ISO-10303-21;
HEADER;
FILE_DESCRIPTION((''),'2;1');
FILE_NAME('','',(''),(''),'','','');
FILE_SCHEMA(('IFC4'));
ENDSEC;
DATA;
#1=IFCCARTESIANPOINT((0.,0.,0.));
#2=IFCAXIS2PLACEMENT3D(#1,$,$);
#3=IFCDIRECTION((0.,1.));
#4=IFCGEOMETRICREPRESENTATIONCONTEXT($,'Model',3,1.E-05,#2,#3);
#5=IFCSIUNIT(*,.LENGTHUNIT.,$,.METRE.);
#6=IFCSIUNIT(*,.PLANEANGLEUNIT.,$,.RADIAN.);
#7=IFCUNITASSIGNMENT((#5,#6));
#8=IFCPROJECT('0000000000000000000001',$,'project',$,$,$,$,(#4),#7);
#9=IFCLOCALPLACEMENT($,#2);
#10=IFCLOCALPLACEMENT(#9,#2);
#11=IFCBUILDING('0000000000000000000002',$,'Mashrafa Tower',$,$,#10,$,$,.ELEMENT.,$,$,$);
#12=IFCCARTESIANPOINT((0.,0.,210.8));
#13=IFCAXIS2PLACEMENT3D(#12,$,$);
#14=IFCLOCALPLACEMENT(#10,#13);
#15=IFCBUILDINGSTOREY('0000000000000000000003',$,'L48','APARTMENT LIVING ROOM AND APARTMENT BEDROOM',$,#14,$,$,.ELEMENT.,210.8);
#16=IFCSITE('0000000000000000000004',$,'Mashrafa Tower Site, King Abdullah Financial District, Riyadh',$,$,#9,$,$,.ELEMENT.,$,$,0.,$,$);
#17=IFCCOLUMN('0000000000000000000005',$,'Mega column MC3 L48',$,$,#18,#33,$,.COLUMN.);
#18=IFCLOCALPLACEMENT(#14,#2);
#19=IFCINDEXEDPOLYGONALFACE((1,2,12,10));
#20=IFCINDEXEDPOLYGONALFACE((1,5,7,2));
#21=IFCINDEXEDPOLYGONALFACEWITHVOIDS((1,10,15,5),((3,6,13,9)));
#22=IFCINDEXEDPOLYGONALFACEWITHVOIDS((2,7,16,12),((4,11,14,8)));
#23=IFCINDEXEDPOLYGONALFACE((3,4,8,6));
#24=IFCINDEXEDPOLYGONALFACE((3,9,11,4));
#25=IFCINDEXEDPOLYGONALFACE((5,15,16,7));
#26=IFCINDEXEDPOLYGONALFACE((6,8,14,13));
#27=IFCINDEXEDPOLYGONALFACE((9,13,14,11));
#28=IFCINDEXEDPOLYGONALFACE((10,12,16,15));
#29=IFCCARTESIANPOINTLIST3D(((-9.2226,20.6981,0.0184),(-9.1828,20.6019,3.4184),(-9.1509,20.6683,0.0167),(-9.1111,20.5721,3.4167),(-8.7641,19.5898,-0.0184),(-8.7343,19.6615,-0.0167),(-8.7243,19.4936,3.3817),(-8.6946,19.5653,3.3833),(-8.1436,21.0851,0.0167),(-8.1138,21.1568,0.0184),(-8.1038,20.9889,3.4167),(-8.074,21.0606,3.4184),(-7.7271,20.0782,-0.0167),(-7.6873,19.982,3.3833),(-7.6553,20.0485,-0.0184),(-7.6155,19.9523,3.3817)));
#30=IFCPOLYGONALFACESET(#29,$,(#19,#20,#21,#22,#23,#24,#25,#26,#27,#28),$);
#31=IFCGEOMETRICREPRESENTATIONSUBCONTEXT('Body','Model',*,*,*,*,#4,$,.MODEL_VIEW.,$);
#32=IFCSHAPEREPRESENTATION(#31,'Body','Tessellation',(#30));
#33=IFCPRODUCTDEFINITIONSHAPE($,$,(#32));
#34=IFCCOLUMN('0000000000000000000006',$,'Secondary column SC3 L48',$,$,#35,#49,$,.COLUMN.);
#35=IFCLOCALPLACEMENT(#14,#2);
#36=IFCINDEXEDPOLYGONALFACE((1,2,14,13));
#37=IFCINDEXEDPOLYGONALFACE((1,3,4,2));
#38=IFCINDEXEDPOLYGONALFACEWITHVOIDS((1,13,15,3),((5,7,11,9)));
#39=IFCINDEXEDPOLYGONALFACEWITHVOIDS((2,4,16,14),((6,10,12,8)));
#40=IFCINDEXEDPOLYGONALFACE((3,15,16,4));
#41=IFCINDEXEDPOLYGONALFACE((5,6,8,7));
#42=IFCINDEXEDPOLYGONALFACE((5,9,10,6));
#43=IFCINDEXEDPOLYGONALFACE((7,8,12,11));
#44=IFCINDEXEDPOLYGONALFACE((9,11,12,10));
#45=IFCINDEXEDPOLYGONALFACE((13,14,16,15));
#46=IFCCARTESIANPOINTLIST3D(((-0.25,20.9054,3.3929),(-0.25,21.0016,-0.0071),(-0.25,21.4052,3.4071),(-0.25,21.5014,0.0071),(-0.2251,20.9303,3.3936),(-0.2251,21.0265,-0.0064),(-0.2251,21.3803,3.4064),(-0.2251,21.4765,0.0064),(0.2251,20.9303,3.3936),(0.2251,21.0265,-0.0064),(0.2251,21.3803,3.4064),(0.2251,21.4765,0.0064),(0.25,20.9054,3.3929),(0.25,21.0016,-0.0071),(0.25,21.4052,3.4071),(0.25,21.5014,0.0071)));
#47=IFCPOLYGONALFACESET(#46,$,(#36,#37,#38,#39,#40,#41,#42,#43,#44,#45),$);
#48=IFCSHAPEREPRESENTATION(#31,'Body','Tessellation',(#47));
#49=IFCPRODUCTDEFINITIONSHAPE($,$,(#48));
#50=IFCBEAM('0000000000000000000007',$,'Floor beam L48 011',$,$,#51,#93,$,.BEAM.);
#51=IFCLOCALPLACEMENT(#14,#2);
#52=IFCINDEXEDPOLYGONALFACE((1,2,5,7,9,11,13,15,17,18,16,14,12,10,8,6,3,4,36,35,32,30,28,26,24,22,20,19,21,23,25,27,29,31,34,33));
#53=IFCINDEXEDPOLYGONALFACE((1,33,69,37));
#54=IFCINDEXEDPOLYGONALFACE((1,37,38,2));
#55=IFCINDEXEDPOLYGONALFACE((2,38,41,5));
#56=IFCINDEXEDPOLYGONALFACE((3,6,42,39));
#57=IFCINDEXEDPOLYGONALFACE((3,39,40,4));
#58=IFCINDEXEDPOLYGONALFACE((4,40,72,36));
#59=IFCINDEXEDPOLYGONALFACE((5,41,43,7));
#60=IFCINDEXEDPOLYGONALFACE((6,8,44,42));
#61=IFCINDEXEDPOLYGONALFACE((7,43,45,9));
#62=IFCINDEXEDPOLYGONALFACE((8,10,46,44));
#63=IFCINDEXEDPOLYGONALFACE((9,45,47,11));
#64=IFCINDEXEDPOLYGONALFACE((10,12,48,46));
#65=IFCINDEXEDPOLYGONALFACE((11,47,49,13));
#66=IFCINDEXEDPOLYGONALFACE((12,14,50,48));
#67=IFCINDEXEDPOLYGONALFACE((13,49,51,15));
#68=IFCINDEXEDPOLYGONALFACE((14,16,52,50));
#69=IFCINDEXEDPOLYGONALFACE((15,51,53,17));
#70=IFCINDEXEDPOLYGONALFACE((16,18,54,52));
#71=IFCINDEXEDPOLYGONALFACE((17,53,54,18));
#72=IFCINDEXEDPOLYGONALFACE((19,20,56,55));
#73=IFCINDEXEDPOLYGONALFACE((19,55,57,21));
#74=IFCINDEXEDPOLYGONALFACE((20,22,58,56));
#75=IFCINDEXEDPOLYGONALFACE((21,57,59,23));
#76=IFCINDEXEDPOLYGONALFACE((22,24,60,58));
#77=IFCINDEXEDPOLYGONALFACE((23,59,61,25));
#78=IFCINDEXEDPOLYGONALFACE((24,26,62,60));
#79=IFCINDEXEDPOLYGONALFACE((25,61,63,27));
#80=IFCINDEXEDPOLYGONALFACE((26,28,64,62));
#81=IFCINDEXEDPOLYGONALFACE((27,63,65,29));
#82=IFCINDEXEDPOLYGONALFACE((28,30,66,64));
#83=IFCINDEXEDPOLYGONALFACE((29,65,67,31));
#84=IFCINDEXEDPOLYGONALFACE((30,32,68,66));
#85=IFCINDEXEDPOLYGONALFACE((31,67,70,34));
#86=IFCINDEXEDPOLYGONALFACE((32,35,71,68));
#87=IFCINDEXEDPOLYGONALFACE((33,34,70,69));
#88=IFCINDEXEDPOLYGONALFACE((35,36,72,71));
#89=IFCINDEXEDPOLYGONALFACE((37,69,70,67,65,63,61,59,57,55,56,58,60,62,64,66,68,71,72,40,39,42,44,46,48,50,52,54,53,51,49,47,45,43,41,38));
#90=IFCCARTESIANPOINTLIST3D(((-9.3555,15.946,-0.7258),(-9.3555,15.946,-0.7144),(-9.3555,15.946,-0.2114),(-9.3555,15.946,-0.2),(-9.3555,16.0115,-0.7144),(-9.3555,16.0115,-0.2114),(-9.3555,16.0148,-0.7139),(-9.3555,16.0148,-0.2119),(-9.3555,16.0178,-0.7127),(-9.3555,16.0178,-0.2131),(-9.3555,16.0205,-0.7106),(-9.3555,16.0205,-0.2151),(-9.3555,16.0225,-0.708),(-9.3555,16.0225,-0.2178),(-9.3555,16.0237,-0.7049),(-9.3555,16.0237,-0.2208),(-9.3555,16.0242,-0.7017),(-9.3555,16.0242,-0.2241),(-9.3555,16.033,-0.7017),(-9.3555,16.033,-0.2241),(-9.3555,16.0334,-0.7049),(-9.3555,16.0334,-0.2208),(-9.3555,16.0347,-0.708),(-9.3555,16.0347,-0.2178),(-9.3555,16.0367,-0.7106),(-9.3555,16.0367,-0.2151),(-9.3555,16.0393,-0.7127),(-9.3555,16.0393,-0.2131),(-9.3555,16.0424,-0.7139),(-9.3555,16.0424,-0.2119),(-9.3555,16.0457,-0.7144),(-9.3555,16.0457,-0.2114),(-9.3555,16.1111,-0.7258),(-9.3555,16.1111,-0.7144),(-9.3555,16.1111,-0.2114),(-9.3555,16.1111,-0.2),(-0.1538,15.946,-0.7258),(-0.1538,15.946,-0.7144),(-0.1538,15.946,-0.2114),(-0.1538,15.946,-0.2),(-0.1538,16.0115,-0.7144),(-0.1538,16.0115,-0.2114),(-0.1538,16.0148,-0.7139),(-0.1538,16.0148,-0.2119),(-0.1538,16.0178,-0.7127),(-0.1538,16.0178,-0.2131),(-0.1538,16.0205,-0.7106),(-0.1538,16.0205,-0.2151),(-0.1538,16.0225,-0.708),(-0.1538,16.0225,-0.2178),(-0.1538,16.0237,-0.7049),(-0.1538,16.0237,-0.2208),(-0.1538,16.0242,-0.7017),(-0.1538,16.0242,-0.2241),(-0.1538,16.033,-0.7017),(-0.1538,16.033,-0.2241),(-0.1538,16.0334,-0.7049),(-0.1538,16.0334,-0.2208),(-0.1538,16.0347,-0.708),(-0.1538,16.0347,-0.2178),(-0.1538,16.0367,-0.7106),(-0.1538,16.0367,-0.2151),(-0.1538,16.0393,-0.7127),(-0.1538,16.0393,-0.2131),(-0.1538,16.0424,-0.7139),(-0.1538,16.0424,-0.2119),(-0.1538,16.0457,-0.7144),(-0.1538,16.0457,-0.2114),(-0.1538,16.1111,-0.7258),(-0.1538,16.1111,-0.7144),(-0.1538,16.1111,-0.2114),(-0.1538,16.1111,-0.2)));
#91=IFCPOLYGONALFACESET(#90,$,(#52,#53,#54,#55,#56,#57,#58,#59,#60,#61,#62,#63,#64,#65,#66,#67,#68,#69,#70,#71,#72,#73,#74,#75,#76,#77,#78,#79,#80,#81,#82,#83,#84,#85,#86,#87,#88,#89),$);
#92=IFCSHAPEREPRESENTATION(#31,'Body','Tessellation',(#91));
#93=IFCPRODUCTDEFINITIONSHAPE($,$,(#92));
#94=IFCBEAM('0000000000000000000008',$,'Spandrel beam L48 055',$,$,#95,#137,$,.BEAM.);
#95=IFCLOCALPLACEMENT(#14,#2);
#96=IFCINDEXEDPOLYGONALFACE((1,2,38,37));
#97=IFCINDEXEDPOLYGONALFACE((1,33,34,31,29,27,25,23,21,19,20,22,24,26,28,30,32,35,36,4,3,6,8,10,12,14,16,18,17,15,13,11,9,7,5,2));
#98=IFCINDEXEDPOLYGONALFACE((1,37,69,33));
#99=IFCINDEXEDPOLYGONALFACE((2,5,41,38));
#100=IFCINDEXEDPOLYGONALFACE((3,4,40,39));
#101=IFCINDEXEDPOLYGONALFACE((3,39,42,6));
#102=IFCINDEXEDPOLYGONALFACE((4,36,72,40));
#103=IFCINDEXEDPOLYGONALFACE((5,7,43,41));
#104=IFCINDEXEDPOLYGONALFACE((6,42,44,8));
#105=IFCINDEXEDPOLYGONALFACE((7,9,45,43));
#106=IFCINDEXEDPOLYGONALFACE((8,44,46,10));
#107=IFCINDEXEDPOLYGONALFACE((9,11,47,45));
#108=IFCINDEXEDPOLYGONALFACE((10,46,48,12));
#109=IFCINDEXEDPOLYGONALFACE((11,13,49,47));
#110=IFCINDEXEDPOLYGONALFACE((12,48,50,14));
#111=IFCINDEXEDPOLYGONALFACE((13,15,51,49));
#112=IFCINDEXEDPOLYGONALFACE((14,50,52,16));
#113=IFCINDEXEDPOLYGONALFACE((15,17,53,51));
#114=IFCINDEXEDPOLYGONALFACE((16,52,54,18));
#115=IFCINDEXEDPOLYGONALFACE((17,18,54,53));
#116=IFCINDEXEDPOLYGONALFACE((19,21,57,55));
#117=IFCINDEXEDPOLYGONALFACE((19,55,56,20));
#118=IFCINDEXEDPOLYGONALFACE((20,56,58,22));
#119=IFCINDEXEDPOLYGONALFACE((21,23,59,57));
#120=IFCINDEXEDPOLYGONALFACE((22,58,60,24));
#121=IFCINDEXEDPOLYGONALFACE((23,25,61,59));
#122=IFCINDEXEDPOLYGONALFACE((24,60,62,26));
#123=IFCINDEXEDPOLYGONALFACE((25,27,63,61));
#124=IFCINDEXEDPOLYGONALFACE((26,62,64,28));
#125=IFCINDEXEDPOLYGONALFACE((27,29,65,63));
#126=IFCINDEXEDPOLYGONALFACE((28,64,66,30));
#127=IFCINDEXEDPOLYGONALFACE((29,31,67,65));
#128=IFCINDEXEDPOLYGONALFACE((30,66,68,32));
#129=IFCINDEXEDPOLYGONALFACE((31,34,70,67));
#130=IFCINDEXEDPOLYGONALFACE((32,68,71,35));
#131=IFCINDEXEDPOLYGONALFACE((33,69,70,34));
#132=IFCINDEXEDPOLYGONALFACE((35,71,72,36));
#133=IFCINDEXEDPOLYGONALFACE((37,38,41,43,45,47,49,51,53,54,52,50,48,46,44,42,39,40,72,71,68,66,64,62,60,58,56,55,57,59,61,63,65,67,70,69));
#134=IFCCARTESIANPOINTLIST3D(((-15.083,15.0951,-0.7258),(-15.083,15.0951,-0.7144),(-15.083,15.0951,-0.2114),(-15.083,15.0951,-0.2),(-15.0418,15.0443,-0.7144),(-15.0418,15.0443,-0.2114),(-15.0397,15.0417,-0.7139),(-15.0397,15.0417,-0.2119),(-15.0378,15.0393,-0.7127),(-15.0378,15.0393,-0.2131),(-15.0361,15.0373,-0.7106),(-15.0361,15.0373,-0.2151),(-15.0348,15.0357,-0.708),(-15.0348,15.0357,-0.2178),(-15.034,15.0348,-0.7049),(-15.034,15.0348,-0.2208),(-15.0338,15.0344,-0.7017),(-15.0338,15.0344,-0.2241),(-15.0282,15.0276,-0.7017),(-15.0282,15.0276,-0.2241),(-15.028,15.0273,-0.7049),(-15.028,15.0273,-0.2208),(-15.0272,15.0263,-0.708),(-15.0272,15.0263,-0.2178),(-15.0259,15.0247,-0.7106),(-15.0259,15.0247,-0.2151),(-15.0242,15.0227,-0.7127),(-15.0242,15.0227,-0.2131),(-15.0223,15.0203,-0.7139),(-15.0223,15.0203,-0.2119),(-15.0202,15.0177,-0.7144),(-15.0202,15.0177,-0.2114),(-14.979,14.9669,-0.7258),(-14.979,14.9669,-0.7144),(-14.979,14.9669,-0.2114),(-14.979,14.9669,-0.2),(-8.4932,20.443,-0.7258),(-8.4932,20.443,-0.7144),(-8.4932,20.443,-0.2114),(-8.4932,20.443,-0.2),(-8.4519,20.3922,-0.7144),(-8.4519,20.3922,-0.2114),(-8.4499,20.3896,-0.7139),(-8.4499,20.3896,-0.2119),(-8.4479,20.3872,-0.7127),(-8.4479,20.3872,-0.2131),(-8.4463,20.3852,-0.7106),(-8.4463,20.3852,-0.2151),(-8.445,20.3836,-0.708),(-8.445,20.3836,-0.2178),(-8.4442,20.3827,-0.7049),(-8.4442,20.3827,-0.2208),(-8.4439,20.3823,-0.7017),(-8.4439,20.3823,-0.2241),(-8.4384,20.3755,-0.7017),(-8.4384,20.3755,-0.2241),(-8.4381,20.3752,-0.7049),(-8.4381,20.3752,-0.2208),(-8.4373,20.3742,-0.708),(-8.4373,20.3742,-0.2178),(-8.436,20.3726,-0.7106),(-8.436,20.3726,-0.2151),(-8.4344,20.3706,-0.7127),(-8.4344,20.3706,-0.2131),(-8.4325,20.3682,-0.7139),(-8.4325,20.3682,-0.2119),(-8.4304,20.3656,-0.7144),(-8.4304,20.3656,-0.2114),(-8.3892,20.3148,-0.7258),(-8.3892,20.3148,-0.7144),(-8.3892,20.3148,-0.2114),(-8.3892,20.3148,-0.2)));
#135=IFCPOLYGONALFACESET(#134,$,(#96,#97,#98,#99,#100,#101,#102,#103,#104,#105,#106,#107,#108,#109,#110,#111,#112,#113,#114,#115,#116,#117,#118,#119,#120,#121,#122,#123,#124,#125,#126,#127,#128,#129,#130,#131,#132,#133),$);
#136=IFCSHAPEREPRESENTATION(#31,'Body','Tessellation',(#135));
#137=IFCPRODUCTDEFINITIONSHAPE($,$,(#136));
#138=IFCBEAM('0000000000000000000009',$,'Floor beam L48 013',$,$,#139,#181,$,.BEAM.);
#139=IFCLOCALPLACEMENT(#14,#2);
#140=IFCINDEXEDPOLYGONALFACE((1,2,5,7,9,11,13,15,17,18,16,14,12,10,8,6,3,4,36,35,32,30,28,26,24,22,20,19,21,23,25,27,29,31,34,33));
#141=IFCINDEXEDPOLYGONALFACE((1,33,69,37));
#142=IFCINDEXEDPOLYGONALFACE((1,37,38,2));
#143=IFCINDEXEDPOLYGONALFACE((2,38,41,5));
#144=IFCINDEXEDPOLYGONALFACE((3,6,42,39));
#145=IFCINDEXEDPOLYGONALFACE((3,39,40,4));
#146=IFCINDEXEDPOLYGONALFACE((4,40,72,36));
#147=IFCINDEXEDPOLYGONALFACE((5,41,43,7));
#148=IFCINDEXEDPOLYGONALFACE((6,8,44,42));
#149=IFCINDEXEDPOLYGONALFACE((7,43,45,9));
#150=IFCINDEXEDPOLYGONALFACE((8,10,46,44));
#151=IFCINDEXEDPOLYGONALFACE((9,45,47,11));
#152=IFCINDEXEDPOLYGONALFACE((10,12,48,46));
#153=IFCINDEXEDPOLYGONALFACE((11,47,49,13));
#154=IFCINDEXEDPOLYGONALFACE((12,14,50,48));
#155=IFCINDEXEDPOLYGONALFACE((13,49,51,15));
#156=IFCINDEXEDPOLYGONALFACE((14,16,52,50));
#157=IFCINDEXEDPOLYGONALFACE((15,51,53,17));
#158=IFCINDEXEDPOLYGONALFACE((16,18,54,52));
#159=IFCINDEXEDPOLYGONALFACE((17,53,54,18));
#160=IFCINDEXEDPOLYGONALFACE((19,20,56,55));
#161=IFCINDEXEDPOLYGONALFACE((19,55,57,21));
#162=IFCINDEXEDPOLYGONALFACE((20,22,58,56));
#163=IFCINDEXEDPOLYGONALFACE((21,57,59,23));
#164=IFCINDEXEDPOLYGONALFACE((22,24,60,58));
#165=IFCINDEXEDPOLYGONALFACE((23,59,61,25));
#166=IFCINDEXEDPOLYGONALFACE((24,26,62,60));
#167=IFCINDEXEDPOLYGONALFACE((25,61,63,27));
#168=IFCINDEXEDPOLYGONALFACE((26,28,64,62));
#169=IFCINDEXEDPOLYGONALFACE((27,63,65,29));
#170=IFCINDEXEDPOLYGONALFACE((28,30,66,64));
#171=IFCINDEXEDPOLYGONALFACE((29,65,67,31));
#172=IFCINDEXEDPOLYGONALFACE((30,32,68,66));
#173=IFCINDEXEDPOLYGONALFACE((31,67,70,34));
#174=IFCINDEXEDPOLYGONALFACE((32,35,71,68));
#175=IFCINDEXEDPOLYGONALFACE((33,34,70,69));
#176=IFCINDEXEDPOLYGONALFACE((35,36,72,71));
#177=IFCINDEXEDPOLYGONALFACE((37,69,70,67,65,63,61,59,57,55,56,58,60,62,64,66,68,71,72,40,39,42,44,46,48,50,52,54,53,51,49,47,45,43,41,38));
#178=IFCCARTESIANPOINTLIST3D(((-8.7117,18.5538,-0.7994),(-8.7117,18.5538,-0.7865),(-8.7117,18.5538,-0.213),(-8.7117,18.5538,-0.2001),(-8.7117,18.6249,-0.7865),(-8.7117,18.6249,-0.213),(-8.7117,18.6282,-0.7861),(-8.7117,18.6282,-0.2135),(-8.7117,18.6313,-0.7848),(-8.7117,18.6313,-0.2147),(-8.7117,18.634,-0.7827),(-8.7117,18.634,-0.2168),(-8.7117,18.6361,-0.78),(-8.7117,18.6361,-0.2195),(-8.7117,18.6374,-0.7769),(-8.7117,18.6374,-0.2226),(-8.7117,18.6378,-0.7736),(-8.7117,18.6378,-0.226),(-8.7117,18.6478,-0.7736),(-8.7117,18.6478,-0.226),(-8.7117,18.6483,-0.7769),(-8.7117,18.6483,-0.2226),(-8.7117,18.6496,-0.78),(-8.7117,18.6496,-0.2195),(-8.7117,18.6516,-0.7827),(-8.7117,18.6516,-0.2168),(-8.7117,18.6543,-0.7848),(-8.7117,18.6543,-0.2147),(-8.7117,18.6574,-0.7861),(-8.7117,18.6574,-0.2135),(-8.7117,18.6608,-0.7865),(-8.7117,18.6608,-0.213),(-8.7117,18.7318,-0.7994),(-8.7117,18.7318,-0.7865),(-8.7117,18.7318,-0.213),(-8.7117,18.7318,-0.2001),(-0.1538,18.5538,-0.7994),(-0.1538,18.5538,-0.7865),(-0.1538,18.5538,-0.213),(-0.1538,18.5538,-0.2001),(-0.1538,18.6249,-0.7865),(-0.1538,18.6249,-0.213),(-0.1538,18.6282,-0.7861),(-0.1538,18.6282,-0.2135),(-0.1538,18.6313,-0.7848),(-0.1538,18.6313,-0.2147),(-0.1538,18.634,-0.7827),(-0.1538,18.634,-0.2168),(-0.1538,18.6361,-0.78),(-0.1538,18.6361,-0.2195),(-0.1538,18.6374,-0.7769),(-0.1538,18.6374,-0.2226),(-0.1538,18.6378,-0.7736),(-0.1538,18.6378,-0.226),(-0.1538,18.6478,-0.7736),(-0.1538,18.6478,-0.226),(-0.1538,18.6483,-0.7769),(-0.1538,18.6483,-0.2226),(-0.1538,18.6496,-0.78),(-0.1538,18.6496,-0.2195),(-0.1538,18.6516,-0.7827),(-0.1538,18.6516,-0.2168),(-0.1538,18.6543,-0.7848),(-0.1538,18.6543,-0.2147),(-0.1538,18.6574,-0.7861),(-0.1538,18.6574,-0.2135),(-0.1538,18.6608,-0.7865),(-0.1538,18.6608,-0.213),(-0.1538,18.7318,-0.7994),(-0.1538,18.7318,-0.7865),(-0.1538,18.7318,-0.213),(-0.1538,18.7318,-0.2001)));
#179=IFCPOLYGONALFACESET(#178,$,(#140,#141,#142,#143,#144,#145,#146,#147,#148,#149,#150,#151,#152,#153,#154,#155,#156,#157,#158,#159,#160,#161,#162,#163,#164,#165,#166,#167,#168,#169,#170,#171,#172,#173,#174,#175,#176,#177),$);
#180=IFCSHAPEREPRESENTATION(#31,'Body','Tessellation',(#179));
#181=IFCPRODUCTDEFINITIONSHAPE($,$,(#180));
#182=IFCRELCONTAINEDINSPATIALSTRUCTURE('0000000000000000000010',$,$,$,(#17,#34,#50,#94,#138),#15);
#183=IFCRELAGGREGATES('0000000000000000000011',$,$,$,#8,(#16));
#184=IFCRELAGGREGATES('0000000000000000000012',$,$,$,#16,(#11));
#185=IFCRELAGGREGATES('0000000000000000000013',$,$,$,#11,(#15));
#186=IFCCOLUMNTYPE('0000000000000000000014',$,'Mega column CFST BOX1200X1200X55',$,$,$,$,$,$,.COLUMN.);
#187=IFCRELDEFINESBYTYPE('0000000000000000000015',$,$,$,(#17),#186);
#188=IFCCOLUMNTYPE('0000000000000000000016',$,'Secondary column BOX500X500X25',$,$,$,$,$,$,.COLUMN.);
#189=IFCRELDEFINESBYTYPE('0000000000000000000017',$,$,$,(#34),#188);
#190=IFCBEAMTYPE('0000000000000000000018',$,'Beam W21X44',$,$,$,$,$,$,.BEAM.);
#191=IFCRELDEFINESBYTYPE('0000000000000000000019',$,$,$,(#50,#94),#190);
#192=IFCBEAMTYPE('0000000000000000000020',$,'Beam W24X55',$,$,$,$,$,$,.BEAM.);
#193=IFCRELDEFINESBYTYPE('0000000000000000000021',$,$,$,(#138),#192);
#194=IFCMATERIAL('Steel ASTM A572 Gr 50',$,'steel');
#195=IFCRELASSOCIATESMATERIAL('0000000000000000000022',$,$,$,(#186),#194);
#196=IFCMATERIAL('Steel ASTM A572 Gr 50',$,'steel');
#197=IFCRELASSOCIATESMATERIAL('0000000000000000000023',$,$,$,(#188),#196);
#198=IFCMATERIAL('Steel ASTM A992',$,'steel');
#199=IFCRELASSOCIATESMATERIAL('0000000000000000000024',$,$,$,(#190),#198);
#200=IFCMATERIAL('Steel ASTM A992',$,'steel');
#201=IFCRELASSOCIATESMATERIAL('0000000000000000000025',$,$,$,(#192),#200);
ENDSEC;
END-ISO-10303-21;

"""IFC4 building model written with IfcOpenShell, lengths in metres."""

from ifc_helpers import new_model, si_unit, direction, frame, origin, origin_2d, place, context, subcontext, project, spatial, hollow_rectangle, i_section, extrude, material, material_profile, profile_set, type_object, element, save


model = new_model("IFC4")

# Units and contexts
model_context = context("Model", 3, precision=1e-05, world=origin(), true_north=direction((0.0, 1.0)))
body_context = subcontext(model_context, "Body", "Model", "MODEL_VIEW")
ifc_project = project(units=[si_unit("LENGTHUNIT", "METRE"), si_unit("PLANEANGLEUNIT", "RADIAN")], contexts=[model_context])

# Site, building, storey
site_placement = place(None, origin())
site = spatial("IfcSite", under=ifc_project, at=site_placement, Name="Mashrafa Tower Site, King Abdullah Financial District, Riyadh", CompositionType="ELEMENT", RefElevation=0.0)
building_placement = place(site_placement, origin())
building = spatial("IfcBuilding", under=site, at=building_placement, Name="Mashrafa Tower", CompositionType="ELEMENT")
storey_placement = place(building_placement, frame((0.0, 0.0, 210.8)))
storey = spatial("IfcBuildingStorey", under=building, at=storey_placement, Name="L48", Description="APARTMENT LIVING ROOM AND APARTMENT BEDROOM", CompositionType="ELEMENT", Elevation=210.8)

# Columns
ifc_material_1 = material(Name="Steel ASTM A572 Gr 50", Category="steel")
ifc_material_profile_1 = material_profile(ifc_material_1, hollow_rectangle(XDim=1.2, YDim=1.2, WallThickness=0.0549, at=origin_2d()), Name="BOX1200X1200X55")
ifc_profile_set_1 = profile_set([ifc_material_profile_1], Name="Steel ASTM A572 Gr 50")
column_type_1 = type_object("IfcColumnType", Name="Mega column CFST BOX1200X1200X55", PredefinedType="COLUMN", material=ifc_profile_set_1)
column_1_placement = place(storey_placement, frame((-8.439, 20.3733, 0.0), z_axis=(0.011699, -0.028279, 0.999532), x_axis=(0.924045, 0.382283, 0.0)))
element("IfcColumn", 1, at=column_1_placement, inside=storey, type_object=column_type_1, Name="Mega column MC3 L48", PredefinedType="COLUMN", context=body_context, shape_type="SweptSolid", body=[
    extrude(hollow_rectangle(XDim=1.2, YDim=1.2, WallThickness=0.0549, at=origin_2d()), origin(), (0.0, 0.0, 1.0), 3.4016),
])
ifc_material_2 = material(Name="Steel ASTM A572 Gr 50", Category="steel")
ifc_material_profile_2 = material_profile(ifc_material_2, hollow_rectangle(XDim=0.5, YDim=0.5, WallThickness=0.0249, at=origin_2d()), Name="BOX500X500X25")
ifc_profile_set_2 = profile_set([ifc_material_profile_2], Name="Steel ASTM A572 Gr 50")
column_type_2 = type_object("IfcColumnType", Name="Secondary column BOX500X500X25", PredefinedType="COLUMN", material=ifc_profile_set_2)
column_2_placement = place(storey_placement, frame((0.0, 21.2515, 0.0), z_axis=(0.0, -0.028281, 0.9996), x_axis=(1.0, 0.0, 0.0)))
element("IfcColumn", 2, at=column_2_placement, inside=storey, type_object=column_type_2, Name="Secondary column SC3 L48", PredefinedType="COLUMN", context=body_context, shape_type="SweptSolid", body=[
    extrude(hollow_rectangle(XDim=0.5, YDim=0.5, WallThickness=0.0249, at=origin_2d()), origin(), (0.0, 0.0, 1.0), 3.4014),
])

# Beams
ifc_material_3 = material(Name="Steel ASTM A992", Category="steel")
ifc_material_profile_3 = material_profile(ifc_material_3, i_section(OverallWidth=0.165, OverallDepth=0.5259, WebThickness=0.0088, FlangeThickness=0.0115, FilletRadius=0.0127, at=origin_2d()), Name="W21X44")
ifc_profile_set_3 = profile_set([ifc_material_profile_3], Name="Steel ASTM A992")
beam_type_1 = type_object("IfcBeamType", Name="Beam W21X44", PredefinedType="BEAM", material=ifc_profile_set_3)
beam_1_placement = place(storey_placement, frame((-9.3555, 16.0286, -0.4629), z_axis=(1.0, 0.0, 0.0), x_axis=(0.0, 1.0, 0.0)))
element("IfcBeam", 3, at=beam_1_placement, inside=storey, type_object=beam_type_1, Name="Floor beam L48 011", PredefinedType="BEAM", context=body_context, shape_type="SweptSolid", body=[
    extrude(i_section(OverallWidth=0.165, OverallDepth=0.5259, WebThickness=0.0088, FlangeThickness=0.0115, FilletRadius=0.0127, at=origin_2d()), origin(), (0.0, 0.0, 1.0), 9.2017),
])
beam_2_placement = place(storey_placement, frame((-8.4412, 20.3789, -0.4629), z_axis=(-0.77648, -0.630142, 0.0), x_axis=(0.630142, -0.77648, 0.0)))
element("IfcBeam", 4, at=beam_2_placement, inside=storey, type_object=beam_type_1, Name="Spandrel beam L48 055", PredefinedType="BEAM", context=body_context, shape_type="SweptSolid", body=[
    extrude(i_section(OverallWidth=0.165, OverallDepth=0.5259, WebThickness=0.0088, FlangeThickness=0.0115, FilletRadius=0.0127, at=origin_2d()), origin(), (0.0, 0.0, 1.0), 8.4868),
])
ifc_material_4 = material(Name="Steel ASTM A992", Category="steel")
ifc_material_profile_4 = material_profile(ifc_material_4, i_section(OverallWidth=0.178, OverallDepth=0.5994, WebThickness=0.01, FlangeThickness=0.0129, FilletRadius=0.0129, at=origin_2d()), Name="W24X55")
ifc_profile_set_4 = profile_set([ifc_material_profile_4], Name="Steel ASTM A992")
beam_type_2 = type_object("IfcBeamType", Name="Beam W24X55", PredefinedType="BEAM", material=ifc_profile_set_4)
beam_3_placement = place(storey_placement, frame((-8.7117, 18.6428, -0.4998), z_axis=(1.0, 0.0, 0.0), x_axis=(0.0, 1.0, 0.0)))
element("IfcBeam", 5, at=beam_3_placement, inside=storey, type_object=beam_type_2, Name="Floor beam L48 013", PredefinedType="BEAM", context=body_context, shape_type="SweptSolid", body=[
    extrude(i_section(OverallWidth=0.178, OverallDepth=0.5994, WebThickness=0.01, FlangeThickness=0.0129, FilletRadius=0.0129, at=origin_2d()), origin(), (0.0, 0.0, 1.0), 8.5579),
])

save(model, "model.ifc")
